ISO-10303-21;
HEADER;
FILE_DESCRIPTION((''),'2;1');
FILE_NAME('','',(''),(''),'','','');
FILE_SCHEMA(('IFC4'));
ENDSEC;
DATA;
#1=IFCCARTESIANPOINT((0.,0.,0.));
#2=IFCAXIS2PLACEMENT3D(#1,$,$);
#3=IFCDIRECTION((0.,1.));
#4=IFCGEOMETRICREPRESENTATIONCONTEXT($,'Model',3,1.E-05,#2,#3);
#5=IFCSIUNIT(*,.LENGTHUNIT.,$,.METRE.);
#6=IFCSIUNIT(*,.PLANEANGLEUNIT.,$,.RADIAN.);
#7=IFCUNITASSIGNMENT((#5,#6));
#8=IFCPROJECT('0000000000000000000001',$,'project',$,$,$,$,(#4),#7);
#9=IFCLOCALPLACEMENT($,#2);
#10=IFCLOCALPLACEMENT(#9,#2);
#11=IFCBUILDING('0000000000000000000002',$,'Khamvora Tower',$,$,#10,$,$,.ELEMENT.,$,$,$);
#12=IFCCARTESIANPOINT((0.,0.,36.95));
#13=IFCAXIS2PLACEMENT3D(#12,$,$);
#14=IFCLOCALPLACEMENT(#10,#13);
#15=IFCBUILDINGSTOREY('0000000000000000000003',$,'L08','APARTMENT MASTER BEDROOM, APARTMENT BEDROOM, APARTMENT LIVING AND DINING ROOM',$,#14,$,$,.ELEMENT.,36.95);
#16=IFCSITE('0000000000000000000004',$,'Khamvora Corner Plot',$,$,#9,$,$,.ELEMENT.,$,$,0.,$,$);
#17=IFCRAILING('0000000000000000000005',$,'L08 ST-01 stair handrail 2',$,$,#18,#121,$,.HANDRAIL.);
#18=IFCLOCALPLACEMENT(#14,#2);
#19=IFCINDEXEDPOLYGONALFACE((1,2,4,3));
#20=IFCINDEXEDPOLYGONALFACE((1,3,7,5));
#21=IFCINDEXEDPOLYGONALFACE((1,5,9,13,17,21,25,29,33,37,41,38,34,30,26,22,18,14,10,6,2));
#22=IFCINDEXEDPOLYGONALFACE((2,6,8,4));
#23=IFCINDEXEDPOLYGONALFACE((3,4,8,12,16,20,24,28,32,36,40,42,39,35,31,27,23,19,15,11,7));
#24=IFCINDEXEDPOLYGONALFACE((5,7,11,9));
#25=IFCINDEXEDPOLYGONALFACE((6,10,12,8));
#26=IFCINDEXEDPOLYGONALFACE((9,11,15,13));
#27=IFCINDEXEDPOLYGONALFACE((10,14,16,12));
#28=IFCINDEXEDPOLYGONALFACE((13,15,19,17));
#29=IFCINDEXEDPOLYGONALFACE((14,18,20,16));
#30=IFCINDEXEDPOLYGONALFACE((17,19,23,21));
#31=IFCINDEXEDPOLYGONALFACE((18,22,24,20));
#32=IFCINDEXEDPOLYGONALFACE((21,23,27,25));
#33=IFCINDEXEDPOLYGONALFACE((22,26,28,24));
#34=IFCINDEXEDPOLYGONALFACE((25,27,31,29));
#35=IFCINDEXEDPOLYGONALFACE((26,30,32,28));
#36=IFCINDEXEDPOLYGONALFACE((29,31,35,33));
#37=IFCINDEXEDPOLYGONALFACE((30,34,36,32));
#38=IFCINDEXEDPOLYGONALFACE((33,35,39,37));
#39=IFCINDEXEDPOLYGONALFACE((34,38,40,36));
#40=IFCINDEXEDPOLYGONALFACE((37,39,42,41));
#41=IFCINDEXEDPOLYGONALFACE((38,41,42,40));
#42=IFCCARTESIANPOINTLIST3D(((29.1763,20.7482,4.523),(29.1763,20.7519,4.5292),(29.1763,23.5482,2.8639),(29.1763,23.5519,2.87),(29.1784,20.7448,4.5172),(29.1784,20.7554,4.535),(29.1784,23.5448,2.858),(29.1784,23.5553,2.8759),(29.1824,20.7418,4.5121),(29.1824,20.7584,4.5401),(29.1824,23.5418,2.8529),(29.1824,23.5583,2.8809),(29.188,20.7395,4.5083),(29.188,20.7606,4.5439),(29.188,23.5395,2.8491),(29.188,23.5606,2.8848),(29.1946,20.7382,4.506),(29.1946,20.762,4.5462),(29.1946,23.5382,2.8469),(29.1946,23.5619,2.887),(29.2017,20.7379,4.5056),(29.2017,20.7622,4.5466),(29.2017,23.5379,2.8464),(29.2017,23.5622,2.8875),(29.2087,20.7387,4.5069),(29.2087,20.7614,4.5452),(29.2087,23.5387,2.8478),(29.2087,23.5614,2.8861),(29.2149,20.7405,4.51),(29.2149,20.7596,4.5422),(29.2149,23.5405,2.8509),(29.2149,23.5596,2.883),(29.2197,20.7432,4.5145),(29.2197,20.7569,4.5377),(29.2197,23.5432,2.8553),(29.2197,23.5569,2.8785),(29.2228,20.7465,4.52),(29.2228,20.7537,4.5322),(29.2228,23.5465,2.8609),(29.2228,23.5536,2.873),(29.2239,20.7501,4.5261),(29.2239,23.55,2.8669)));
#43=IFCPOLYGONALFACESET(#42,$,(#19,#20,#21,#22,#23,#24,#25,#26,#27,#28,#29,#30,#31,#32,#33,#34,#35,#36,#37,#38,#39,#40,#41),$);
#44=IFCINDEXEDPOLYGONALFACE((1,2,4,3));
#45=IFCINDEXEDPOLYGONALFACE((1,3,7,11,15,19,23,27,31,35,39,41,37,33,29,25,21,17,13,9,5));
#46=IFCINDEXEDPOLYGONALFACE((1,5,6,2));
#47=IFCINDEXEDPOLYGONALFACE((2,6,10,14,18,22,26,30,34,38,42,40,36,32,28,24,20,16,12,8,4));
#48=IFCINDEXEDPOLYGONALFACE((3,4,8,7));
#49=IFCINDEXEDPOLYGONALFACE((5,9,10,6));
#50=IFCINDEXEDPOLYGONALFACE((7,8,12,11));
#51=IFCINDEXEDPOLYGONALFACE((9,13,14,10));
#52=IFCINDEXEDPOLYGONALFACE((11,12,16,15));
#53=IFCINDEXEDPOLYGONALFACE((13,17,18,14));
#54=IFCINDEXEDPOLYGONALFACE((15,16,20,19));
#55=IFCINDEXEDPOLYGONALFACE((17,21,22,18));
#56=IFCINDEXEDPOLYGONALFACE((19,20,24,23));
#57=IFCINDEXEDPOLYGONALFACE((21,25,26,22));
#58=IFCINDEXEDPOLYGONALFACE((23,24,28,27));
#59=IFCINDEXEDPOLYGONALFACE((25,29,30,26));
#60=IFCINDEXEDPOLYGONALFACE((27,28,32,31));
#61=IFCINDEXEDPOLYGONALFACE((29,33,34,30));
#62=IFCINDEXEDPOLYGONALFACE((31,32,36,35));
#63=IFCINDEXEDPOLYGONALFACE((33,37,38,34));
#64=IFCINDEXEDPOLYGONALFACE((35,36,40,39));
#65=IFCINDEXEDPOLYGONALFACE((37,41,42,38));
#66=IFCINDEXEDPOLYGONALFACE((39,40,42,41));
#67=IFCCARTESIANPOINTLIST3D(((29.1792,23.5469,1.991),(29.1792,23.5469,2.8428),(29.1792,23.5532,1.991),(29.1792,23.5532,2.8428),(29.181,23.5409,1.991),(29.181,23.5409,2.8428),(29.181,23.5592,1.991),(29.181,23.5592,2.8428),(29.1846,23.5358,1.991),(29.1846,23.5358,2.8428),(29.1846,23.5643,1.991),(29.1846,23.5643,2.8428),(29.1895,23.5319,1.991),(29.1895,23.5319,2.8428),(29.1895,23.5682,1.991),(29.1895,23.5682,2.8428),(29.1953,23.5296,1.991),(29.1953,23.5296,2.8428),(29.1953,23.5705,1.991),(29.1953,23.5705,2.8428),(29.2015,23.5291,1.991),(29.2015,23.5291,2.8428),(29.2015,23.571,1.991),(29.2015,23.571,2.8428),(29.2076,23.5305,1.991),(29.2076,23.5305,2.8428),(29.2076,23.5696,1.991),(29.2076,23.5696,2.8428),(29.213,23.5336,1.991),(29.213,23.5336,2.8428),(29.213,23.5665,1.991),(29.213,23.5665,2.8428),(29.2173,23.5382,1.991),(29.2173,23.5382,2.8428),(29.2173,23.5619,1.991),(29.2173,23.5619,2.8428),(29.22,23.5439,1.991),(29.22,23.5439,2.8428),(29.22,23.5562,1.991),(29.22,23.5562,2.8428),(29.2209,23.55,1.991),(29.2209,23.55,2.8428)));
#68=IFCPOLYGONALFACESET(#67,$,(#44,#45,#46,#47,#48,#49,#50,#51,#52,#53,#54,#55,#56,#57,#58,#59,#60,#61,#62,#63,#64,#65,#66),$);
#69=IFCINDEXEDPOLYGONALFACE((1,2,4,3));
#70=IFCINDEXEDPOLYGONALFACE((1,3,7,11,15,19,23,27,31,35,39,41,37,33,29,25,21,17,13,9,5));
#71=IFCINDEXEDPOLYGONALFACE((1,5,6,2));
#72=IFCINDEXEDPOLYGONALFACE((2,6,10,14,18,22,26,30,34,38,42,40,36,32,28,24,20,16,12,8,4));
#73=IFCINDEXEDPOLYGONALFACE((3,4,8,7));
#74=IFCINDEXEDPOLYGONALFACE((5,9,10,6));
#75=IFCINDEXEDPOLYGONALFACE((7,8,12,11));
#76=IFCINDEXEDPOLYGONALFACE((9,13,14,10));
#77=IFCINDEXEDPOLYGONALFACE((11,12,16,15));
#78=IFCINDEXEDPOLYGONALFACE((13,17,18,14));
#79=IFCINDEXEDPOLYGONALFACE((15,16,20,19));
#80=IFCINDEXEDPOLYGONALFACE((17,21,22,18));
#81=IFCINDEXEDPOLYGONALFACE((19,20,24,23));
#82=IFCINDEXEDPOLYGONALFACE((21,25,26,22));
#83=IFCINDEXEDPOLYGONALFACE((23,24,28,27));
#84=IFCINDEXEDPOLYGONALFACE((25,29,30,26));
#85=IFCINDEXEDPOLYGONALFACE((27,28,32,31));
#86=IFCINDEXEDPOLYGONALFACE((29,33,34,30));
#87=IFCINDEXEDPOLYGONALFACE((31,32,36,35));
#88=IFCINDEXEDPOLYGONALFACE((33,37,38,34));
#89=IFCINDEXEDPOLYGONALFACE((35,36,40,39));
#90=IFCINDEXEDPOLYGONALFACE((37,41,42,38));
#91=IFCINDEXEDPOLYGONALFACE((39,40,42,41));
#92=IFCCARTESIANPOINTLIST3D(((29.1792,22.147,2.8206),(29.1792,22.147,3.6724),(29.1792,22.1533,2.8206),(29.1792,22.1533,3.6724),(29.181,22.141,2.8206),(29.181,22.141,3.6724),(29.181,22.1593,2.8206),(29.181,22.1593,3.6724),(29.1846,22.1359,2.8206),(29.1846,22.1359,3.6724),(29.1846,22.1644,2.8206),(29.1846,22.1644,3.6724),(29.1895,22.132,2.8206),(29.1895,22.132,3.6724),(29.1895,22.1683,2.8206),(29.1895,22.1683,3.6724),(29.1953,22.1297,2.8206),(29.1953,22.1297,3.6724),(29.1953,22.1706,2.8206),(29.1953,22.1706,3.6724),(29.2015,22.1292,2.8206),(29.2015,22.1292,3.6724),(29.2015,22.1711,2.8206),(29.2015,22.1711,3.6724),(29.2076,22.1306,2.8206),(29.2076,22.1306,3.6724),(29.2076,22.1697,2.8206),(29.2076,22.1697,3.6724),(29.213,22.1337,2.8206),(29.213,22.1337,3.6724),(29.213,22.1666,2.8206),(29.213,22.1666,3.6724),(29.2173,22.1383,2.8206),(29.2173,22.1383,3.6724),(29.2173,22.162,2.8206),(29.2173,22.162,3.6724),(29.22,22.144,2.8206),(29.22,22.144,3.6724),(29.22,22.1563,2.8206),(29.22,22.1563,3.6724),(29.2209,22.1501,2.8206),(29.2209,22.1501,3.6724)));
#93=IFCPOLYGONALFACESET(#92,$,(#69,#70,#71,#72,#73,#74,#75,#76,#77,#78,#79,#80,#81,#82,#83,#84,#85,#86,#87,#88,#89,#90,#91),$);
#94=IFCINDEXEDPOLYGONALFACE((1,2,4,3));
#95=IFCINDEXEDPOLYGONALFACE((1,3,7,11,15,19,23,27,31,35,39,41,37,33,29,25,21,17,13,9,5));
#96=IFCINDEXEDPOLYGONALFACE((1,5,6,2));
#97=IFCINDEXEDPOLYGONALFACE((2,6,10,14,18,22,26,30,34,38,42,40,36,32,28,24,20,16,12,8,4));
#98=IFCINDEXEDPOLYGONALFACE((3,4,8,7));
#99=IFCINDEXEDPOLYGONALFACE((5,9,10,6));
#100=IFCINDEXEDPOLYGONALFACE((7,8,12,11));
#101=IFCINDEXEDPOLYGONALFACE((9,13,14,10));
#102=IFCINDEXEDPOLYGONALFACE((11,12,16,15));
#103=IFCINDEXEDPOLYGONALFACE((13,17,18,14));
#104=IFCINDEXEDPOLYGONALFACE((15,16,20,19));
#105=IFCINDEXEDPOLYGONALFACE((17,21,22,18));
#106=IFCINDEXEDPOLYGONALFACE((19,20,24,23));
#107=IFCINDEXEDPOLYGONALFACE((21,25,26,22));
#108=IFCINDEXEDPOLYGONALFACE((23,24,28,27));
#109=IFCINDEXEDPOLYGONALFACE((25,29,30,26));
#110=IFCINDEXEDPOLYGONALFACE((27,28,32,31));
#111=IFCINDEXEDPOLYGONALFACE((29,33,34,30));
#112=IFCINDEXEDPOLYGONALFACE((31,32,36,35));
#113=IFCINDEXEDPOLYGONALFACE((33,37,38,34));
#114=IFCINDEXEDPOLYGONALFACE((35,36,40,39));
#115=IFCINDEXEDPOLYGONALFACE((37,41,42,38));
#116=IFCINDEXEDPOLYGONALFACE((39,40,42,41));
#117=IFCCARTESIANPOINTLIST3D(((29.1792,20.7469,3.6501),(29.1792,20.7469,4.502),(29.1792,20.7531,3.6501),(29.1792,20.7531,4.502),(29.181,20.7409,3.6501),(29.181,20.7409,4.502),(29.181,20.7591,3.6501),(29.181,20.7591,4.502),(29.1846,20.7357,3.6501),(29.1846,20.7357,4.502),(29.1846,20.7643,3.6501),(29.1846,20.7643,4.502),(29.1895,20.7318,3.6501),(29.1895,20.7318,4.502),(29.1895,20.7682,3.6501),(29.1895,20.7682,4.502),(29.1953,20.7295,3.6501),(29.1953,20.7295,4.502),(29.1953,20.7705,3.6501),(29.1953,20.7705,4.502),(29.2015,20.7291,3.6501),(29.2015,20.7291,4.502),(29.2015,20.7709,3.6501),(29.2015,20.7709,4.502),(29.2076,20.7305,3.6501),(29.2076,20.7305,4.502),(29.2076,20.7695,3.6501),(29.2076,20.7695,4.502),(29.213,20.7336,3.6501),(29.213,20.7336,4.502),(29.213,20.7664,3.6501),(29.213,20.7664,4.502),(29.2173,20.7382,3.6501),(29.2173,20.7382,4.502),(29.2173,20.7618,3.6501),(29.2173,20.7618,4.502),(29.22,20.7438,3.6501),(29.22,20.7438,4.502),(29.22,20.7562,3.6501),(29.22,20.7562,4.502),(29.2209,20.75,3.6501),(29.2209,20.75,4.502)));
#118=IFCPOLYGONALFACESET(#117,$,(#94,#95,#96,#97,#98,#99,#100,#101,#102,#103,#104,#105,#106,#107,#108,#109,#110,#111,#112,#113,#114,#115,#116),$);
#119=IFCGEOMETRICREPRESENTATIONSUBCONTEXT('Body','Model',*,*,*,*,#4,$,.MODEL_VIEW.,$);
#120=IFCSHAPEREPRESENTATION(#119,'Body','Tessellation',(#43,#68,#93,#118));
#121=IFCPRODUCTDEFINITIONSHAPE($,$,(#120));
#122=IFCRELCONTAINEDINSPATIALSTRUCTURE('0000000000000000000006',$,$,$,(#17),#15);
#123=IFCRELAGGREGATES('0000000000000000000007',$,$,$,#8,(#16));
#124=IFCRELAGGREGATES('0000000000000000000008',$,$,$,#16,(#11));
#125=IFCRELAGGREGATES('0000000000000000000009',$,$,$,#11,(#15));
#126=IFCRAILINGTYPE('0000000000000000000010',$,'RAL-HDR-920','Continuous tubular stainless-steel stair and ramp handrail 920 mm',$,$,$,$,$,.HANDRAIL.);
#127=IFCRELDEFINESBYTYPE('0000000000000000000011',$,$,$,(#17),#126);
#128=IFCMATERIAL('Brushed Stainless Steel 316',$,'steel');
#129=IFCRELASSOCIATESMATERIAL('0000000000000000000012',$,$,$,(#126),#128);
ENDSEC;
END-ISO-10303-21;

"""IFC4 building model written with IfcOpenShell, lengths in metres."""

from ifc_helpers import new_model, si_unit, direction, frame, origin, origin_2d, place, context, subcontext, project, spatial, circle, extrude, material, type_object, element, save


model = new_model("IFC4")

# Units and contexts
model_context = context("Model", 3, precision=1e-05, world=origin(), true_north=direction((0.0, 1.0)))
body_context = subcontext(model_context, "Body", "Model", "MODEL_VIEW")
ifc_project = project(units=[si_unit("LENGTHUNIT", "METRE"), si_unit("PLANEANGLEUNIT", "RADIAN")], contexts=[model_context])

# Site, building, storey
site_placement = place(None, origin())
site = spatial("IfcSite", under=ifc_project, at=site_placement, Name="Khamvora Corner Plot", CompositionType="ELEMENT", RefElevation=0.0)
building_placement = place(site_placement, origin())
building = spatial("IfcBuilding", under=site, at=building_placement, Name="Khamvora Tower", CompositionType="ELEMENT")
storey_placement = place(building_placement, frame((0.0, 0.0, 36.95)))
storey = spatial("IfcBuildingStorey", under=building, at=storey_placement, Name="L08", Description="APARTMENT MASTER BEDROOM, APARTMENT BEDROOM, APARTMENT LIVING AND DINING ROOM", CompositionType="ELEMENT", Elevation=36.95)

# Railing
ifc_material_1 = material(Name="Brushed Stainless Steel 316", Category="steel")
railing_type_1 = type_object("IfcRailingType", Name="RAL-HDR-920", Description="Continuous tubular stainless-steel stair and ramp handrail 920 mm", PredefinedType="HANDRAIL", material=ifc_material_1)
railing_1_placement = place(storey_placement, frame((29.2, 23.55, 1.991)))
element("IfcRailing", 1, at=railing_1_placement, inside=storey, type_object=railing_type_1, Name="L08 ST-01 stair handrail 2", PredefinedType="HANDRAIL", context=body_context, shape_type="SweptSolid", body=[
    extrude(circle(Radius=0.0239, at=origin_2d()), frame((0.0, 0.0, 0.876), z_axis=(0.0, -0.860306, 0.509778), x_axis=(1.0, 0.0, 0.0)), (0.0, 0.0, 1.0), 3.2546),
    extrude(circle(Radius=0.021, at=origin_2d()), origin(), (0.0, 0.0, 1.0), 0.8518),
    extrude(circle(Radius=0.021, at=origin_2d()), frame((0.0, -1.3999, 0.8296)), (0.0, 0.0, 1.0), 0.8518),
    extrude(circle(Radius=0.021, at=origin_2d()), frame((0.0, -2.8, 1.6592)), (0.0, 0.0, 1.0), 0.8518),
])

save(model, "model.ifc")
